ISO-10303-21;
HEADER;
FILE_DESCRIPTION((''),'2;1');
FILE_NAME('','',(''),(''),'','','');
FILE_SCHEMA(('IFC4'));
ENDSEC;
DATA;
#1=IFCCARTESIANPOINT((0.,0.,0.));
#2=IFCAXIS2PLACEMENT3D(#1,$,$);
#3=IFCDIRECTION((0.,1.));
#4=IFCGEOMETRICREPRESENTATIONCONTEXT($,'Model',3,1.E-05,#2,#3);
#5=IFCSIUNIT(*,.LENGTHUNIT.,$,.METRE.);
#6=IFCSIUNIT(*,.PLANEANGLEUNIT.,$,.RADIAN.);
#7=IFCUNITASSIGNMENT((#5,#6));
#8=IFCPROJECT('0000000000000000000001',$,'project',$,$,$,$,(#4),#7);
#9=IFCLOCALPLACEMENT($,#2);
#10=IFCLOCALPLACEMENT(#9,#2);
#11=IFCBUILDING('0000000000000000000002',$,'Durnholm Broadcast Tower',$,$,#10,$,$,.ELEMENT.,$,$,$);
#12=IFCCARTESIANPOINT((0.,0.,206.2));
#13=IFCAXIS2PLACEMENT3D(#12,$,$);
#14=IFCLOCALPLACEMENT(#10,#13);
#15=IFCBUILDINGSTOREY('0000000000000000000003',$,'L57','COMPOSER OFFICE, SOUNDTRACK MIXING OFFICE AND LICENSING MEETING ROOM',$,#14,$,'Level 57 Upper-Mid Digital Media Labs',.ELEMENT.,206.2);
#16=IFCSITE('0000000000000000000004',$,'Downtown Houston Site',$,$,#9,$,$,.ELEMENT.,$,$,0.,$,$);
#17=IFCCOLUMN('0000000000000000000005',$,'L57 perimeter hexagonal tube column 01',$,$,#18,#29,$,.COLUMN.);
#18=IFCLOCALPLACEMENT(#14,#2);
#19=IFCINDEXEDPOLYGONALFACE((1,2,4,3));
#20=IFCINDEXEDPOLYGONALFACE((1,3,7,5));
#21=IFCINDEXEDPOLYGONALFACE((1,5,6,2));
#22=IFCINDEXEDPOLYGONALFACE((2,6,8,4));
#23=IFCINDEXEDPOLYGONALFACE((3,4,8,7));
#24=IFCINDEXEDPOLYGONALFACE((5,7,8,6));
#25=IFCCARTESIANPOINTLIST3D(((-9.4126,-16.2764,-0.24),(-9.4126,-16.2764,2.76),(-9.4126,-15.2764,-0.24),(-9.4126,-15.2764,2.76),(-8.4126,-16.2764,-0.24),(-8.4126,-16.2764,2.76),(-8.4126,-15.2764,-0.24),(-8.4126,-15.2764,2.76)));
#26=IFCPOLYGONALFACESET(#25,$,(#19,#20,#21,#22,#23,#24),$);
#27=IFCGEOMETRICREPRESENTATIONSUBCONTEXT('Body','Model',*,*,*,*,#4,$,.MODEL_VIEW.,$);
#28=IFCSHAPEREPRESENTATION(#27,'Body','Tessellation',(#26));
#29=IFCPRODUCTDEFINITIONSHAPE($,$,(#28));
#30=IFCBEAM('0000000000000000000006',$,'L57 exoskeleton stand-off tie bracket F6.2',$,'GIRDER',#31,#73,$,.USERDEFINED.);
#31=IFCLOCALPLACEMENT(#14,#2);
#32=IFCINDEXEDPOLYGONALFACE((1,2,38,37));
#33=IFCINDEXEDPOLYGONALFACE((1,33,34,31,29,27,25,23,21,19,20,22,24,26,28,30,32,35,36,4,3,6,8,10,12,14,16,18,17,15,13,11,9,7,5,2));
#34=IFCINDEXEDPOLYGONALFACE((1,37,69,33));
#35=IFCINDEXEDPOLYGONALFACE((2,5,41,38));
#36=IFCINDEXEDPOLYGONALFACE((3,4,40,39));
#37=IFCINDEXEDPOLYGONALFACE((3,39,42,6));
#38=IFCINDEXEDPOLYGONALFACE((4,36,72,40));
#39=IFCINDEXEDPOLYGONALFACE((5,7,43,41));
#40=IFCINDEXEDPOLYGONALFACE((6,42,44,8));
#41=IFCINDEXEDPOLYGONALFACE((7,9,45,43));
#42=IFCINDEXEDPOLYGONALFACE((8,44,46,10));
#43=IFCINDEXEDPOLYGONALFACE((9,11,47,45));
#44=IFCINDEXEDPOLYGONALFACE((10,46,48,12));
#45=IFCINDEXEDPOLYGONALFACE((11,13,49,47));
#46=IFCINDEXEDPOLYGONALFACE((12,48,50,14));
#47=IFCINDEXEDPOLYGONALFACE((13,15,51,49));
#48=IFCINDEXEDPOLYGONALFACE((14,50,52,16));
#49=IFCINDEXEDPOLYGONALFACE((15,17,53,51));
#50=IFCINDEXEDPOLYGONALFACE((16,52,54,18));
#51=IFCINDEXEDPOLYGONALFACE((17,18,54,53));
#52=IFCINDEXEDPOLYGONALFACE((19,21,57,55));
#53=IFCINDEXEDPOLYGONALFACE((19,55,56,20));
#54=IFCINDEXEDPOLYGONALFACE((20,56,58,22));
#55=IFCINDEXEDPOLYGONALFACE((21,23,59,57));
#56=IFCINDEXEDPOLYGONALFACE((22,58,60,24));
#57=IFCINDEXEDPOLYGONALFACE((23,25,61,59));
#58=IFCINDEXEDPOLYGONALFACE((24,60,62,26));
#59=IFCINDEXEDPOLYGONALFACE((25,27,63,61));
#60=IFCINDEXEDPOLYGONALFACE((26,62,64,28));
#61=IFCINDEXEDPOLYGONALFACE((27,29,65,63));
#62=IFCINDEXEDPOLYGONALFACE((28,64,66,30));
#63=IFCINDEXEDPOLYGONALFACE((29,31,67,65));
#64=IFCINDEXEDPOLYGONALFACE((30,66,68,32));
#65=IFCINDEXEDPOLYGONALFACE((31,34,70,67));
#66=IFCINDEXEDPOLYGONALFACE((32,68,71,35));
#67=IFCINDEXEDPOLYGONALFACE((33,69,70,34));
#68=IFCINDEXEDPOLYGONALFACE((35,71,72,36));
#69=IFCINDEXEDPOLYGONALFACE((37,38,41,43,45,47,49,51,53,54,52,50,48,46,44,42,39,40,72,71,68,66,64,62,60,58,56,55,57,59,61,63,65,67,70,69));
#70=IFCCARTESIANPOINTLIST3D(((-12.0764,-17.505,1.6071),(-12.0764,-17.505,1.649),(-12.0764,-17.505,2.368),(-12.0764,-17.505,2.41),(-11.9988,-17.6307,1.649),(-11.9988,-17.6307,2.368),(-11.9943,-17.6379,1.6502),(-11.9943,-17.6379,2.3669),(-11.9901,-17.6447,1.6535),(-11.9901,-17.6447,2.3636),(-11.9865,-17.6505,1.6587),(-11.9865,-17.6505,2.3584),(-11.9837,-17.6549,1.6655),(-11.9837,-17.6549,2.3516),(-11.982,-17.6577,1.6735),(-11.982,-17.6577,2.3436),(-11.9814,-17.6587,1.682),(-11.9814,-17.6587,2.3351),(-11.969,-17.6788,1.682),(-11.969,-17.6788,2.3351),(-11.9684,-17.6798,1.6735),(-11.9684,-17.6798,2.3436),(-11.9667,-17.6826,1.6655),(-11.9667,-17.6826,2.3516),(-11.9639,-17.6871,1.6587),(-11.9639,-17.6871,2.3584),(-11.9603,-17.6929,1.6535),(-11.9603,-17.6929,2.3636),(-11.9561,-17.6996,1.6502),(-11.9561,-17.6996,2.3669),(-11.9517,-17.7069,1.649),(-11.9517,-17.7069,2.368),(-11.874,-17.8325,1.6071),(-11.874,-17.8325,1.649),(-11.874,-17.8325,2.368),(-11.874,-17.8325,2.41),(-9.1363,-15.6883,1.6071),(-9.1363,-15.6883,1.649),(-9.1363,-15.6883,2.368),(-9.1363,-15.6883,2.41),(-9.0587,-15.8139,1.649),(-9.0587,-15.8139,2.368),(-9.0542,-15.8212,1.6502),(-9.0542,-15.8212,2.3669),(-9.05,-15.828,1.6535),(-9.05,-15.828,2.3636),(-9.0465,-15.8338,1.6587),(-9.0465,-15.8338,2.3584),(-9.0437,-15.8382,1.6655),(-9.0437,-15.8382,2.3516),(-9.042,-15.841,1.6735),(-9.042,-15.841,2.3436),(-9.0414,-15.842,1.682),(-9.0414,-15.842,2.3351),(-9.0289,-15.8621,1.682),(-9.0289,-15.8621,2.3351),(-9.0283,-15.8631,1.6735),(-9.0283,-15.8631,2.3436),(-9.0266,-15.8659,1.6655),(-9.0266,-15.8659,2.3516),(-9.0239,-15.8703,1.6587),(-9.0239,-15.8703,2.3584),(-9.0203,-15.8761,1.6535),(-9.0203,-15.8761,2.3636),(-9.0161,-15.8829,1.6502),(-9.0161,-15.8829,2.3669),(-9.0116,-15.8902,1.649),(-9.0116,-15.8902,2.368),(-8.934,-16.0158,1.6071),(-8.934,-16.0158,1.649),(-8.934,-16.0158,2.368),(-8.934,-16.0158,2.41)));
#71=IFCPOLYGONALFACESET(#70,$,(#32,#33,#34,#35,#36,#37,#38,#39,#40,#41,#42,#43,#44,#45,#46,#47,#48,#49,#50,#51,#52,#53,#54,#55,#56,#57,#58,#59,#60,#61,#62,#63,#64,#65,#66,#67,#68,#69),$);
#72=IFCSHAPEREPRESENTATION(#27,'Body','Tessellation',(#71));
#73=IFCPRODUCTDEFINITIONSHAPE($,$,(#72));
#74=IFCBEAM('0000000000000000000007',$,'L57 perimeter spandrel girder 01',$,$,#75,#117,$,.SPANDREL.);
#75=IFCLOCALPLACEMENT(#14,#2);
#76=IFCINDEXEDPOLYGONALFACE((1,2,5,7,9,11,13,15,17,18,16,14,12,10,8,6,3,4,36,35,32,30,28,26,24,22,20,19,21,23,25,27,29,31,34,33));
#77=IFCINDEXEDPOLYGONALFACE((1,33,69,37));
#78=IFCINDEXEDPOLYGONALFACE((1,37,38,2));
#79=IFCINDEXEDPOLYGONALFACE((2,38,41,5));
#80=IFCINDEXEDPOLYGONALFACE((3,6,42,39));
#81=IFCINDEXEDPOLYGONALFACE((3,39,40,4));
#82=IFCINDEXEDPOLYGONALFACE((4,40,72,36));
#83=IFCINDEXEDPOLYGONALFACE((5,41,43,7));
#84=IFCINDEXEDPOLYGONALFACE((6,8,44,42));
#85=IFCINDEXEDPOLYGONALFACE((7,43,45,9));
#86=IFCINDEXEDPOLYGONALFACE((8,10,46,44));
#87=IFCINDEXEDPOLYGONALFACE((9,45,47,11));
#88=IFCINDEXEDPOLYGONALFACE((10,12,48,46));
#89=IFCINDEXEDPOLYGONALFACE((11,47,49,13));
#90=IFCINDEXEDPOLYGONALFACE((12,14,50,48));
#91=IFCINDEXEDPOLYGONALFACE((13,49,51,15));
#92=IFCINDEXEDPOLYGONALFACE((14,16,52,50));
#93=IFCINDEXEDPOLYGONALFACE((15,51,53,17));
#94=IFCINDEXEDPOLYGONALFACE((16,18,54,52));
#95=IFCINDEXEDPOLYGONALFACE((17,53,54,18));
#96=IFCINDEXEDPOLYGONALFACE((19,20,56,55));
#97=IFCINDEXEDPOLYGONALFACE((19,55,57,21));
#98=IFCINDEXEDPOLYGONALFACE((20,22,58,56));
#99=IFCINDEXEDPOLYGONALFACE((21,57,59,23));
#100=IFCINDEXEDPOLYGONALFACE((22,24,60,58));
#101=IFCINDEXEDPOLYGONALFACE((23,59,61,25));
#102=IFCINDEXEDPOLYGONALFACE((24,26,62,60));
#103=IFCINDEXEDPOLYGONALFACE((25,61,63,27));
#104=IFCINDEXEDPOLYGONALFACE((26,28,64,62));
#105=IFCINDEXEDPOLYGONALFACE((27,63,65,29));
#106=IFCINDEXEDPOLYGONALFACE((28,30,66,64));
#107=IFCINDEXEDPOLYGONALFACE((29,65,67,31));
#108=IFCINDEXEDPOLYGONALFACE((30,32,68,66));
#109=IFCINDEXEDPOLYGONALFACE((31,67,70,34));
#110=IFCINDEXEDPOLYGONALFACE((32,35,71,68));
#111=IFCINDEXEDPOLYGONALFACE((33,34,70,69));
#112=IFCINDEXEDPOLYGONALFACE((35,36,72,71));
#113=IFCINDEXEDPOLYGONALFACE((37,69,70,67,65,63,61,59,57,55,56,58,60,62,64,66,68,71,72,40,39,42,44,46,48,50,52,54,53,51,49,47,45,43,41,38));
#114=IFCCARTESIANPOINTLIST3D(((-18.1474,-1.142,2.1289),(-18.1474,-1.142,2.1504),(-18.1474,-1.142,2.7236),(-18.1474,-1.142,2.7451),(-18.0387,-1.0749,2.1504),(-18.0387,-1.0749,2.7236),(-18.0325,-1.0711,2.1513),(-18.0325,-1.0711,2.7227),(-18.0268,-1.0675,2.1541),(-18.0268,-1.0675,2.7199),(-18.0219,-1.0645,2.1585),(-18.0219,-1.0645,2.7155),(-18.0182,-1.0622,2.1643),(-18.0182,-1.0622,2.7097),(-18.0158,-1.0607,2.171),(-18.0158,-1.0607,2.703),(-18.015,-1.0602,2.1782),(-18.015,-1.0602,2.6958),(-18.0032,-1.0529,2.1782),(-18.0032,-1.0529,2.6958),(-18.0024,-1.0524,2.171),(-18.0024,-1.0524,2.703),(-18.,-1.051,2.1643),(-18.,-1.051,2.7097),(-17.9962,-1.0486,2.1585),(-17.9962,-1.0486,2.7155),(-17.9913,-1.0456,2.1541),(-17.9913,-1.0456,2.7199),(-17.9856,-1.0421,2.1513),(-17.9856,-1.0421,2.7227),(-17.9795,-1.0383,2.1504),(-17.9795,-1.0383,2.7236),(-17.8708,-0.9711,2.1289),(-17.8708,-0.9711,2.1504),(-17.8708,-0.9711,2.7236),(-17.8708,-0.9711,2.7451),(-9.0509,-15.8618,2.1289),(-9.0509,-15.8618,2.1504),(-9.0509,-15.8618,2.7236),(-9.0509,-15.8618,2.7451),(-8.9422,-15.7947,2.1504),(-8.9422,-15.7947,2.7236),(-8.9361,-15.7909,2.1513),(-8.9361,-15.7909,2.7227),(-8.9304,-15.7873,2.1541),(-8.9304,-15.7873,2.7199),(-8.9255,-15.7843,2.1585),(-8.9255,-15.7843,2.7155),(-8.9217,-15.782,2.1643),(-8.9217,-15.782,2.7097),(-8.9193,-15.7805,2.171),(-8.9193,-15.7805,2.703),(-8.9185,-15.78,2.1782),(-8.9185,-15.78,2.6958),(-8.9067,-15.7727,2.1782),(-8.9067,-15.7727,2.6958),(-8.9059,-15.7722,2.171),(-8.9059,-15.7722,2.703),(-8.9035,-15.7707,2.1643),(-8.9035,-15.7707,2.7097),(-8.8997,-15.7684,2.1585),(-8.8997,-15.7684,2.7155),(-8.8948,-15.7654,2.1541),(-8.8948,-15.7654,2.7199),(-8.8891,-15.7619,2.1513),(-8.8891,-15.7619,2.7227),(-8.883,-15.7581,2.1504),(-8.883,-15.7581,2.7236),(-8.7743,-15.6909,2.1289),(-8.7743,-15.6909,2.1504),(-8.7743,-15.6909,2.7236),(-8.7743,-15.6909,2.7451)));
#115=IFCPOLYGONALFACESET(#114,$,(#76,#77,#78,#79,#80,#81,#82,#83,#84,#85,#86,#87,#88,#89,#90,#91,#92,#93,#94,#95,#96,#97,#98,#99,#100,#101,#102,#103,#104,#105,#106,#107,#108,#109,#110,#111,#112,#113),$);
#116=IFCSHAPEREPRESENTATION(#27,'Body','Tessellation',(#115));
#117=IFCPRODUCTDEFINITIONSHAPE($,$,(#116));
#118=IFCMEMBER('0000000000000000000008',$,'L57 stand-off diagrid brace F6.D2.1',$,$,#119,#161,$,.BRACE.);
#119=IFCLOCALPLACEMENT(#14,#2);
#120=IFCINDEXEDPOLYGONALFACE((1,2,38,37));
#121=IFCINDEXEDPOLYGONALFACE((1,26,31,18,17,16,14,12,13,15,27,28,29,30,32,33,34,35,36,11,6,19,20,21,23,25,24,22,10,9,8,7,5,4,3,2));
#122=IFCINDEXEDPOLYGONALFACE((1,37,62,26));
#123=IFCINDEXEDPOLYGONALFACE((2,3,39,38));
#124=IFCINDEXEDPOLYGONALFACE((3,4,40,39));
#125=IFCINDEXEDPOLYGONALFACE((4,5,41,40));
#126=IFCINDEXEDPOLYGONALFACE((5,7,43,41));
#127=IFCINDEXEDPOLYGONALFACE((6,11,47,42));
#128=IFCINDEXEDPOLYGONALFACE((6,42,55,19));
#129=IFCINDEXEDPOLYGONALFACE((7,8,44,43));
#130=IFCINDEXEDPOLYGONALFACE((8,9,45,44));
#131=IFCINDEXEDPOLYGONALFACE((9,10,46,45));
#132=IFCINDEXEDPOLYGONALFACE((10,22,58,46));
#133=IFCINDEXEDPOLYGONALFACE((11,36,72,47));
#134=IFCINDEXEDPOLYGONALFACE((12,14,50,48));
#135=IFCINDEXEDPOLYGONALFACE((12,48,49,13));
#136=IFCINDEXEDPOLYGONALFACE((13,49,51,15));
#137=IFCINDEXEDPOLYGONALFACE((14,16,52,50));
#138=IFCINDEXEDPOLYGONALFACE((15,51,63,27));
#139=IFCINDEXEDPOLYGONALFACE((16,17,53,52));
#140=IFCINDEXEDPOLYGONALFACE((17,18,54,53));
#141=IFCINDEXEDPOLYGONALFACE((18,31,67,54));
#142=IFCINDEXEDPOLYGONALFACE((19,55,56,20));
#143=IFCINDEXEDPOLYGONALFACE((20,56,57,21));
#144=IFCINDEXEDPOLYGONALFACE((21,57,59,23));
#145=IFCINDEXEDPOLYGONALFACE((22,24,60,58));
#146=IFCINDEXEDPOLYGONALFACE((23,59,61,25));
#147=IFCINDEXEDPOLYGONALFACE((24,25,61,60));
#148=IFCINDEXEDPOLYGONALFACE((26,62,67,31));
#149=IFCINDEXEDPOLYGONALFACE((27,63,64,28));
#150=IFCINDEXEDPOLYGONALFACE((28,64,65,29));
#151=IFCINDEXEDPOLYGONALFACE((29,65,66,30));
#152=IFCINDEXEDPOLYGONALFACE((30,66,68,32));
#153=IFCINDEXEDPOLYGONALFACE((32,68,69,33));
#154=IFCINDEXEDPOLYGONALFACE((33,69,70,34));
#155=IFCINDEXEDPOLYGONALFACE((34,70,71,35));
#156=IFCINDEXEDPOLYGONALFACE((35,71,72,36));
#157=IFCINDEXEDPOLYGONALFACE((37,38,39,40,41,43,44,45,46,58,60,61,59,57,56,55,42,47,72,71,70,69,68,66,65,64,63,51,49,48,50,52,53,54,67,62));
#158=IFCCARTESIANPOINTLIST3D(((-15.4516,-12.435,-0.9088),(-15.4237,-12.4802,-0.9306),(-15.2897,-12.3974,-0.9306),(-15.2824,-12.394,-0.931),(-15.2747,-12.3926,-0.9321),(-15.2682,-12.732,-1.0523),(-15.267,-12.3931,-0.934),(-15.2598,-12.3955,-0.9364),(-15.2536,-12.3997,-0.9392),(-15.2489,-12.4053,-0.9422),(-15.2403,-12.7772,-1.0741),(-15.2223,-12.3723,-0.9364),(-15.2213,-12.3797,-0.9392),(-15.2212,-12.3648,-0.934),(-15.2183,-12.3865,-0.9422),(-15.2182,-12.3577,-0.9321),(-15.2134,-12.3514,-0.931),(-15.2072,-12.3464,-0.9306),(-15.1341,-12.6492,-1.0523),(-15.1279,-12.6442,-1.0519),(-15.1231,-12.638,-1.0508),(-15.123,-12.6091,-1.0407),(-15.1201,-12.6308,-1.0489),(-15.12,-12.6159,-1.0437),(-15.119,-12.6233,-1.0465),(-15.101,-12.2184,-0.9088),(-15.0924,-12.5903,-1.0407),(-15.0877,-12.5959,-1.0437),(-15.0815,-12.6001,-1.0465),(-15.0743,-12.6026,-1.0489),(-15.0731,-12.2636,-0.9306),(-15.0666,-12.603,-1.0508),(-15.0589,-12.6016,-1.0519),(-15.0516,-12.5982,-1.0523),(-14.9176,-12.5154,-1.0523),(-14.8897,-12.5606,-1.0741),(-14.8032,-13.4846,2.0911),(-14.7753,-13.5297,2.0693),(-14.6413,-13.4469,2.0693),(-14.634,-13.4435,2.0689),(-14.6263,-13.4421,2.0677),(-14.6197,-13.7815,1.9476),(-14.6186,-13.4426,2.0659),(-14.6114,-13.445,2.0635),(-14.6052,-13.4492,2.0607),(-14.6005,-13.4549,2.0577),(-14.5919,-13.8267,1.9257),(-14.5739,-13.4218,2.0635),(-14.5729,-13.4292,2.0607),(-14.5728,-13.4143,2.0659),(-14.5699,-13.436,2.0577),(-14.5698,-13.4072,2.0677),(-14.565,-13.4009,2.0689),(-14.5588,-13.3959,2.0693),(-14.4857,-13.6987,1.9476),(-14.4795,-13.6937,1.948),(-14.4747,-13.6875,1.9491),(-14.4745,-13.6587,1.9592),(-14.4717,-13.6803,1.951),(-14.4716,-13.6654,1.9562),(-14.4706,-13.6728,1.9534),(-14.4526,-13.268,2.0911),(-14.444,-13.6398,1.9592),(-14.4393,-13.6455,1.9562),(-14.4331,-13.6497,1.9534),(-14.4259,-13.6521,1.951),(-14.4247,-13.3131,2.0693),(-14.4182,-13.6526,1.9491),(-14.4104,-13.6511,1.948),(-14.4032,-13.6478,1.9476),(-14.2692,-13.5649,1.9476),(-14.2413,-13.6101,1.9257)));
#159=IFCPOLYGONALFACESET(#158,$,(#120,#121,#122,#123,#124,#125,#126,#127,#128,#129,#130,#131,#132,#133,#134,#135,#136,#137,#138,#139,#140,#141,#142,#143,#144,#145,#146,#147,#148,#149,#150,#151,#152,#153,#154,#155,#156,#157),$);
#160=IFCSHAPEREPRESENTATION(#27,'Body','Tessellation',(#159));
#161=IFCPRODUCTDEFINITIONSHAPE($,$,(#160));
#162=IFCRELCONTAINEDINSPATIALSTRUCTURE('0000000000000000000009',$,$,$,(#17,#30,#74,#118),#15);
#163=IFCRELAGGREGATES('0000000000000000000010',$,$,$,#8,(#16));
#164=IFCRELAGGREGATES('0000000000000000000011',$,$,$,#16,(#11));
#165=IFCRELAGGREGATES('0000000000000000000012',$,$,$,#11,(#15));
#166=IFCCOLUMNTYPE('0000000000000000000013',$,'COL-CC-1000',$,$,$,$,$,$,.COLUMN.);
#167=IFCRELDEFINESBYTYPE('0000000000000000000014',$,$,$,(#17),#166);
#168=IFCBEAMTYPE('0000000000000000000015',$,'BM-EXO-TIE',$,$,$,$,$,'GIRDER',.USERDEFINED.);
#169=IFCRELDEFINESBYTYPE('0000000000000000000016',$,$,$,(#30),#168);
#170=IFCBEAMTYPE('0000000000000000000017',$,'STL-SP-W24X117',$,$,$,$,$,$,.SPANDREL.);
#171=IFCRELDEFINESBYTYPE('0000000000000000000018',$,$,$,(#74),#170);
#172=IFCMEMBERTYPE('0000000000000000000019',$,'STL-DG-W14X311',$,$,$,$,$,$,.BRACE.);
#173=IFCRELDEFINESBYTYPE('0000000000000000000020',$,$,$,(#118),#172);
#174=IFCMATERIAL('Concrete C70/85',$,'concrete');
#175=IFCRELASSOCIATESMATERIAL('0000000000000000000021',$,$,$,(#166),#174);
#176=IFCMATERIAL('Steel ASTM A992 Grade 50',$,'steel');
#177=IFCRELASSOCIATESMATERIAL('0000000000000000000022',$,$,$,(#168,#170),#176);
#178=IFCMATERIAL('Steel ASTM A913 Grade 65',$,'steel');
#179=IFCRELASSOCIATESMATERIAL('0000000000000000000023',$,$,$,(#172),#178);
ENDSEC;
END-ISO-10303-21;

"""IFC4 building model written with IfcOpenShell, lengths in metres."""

from ifc_helpers import new_model, si_unit, direction, frame, origin, origin_2d, place, context, subcontext, project, spatial, rectangle, i_section, extrude, source, transform, mapped, material, material_profile, profile_set, type_object, type_shapes, element, save


model = new_model("IFC4")

# Units and contexts
model_context = context("Model", 3, precision=1e-05, world=origin(), true_north=direction((0.0, 1.0)))
body_context = subcontext(model_context, "Body", "Model", "MODEL_VIEW")
ifc_project = project(units=[si_unit("LENGTHUNIT", "METRE"), si_unit("PLANEANGLEUNIT", "RADIAN")], contexts=[model_context])

# Site, building, storey
site_placement = place(None, origin())
site = spatial("IfcSite", under=ifc_project, at=site_placement, Name="Downtown Houston Site", CompositionType="ELEMENT", RefElevation=0.0)
building_placement = place(site_placement, origin())
building = spatial("IfcBuilding", under=site, at=building_placement, Name="Durnholm Broadcast Tower", CompositionType="ELEMENT")
storey_placement = place(building_placement, frame((0.0, 0.0, 206.2)))
storey = spatial("IfcBuildingStorey", under=building, at=storey_placement, Name="L57", Description="COMPOSER OFFICE, SOUNDTRACK MIXING OFFICE AND LICENSING MEETING ROOM", LongName="Level 57 Upper-Mid Digital Media Labs", CompositionType="ELEMENT", Elevation=206.2)

# Column
ifc_material_1 = material(Name="Concrete C70/85", Category="concrete")
ifc_material_profile_1 = material_profile(ifc_material_1, rectangle(XDim=1.0, YDim=1.0, at=origin_2d()), Name="RC1000X1000")
ifc_profile_set_1 = profile_set([ifc_material_profile_1], Name="Concrete C70/85")
column_type = type_object("IfcColumnType", Name="COL-CC-1000", PredefinedType="COLUMN", material=ifc_profile_set_1)
shared_shape_1 = source(origin(), body_context, "Body", "SweptSolid", [
    extrude(rectangle(XDim=1.0, YDim=1.0, at=origin_2d()), origin(), (0.0, 0.0, 1.0), 3.0),
])
type_shapes(column_type, [shared_shape_1])
column_placement = place(storey_placement, frame((-8.9126, -15.7764, -0.24), z_axis=(0.0, 0.0, 1.0), x_axis=(1.0, 0.0, 0.0)))
element("IfcColumn", 1, at=column_placement, inside=storey, type_object=column_type, Name="L57 perimeter hexagonal tube column 01", PredefinedType="COLUMN", context=body_context, shape_type="MappedRepresentation", body=[
    mapped(shared_shape_1, transform((0.0, 0.0, 0.0), x_axis=(1.0, 0.0, 0.0), y_axis=(0.0, 1.0, 0.0), z_axis=(0.0, 0.0, 1.0), scale=1.0)),
])

# Beams
ifc_material_2 = material(Name="Steel ASTM A992 Grade 50", Category="steel")
ifc_material_profile_2 = material_profile(ifc_material_2, i_section(OverallWidth=0.385, OverallDepth=0.803, WebThickness=0.0237, FlangeThickness=0.042, FilletRadius=0.033, at=origin_2d()), Name="W30X261")
ifc_profile_set_2 = profile_set([ifc_material_profile_2], Name="Steel ASTM A992 Grade 50")
beam_type_1 = type_object("IfcBeamType", Name="BM-EXO-TIE", ElementType="GIRDER", PredefinedType="USERDEFINED", material=ifc_profile_set_2)
shared_shape_2 = source(origin(), body_context, "Body", "SweptSolid", [
    extrude(i_section(OverallWidth=0.385, OverallDepth=0.803, WebThickness=0.0237, FlangeThickness=0.042, FilletRadius=0.033, at=origin_2d()), origin(), (0.0, 0.0, 1.0), 3.4561),
])
type_shapes(beam_type_1, [shared_shape_2])
beam_1_placement = place(storey_placement, frame((-9.0352, -15.8521, 2.0085), z_axis=(-0.850694, -0.525661, 0.0), x_axis=(0.525661, -0.850694, 0.0)))
element("IfcBeam", 2, at=beam_1_placement, inside=storey, type_object=beam_type_1, Name="L57 exoskeleton stand-off tie bracket F6.2", ObjectType="GIRDER", PredefinedType="USERDEFINED", context=body_context, shape_type="MappedRepresentation", body=[
    mapped(shared_shape_2, transform((0.0, 0.0, 0.0), x_axis=(1.0, 0.0, 0.0), y_axis=(0.0, 1.0, 0.0), z_axis=(0.0, 0.0, 1.0), scale=1.0)),
])
ifc_material_profile_3 = material_profile(ifc_material_2, i_section(OverallWidth=0.3252, OverallDepth=0.6162, WebThickness=0.0139, FlangeThickness=0.0215, FilletRadius=0.0278, at=origin_2d()), Name="W24X117")
ifc_profile_set_3 = profile_set([ifc_material_profile_3], Name="Steel ASTM A992 Grade 50")
beam_type_2 = type_object("IfcBeamType", Name="STL-SP-W24X117", PredefinedType="SPANDREL", material=ifc_profile_set_3)
shared_shape_3 = source(origin(), body_context, "Body", "SweptSolid", [
    extrude(i_section(OverallWidth=0.3252, OverallDepth=0.6162, WebThickness=0.0139, FlangeThickness=0.0215, FilletRadius=0.0278, at=origin_2d()), origin(), (0.0, 0.0, 1.0), 17.3037),
])
type_shapes(beam_type_2, [shared_shape_3])
beam_2_placement = place(storey_placement, frame((-8.9126, -15.7764, 2.437), z_axis=(-0.525695, 0.850673, 0.0), x_axis=(-0.850673, -0.525695, 0.0)))
element("IfcBeam", 3, at=beam_2_placement, inside=storey, type_object=beam_type_2, Name="L57 perimeter spandrel girder 01", PredefinedType="SPANDREL", context=body_context, shape_type="MappedRepresentation", body=[
    mapped(shared_shape_3, transform((0.0, 0.0, 0.0), x_axis=(1.0, 0.0, 0.0), y_axis=(0.0, 1.0, 0.0), z_axis=(0.0, 0.0, 1.0), scale=1.0)),
])

# Member
ifc_material_3 = material(Name="Steel ASTM A913 Grade 65", Category="steel")
ifc_material_profile_4 = material_profile(ifc_material_3, i_section(OverallWidth=0.4121, OverallDepth=0.4348, WebThickness=0.0359, FlangeThickness=0.0574, FilletRadius=0.0305, at=origin_2d()), Name="W14X311")
ifc_profile_set_4 = profile_set([ifc_material_profile_4], Name="Steel ASTM A913 Grade 65")
member_type_1 = type_object("IfcMemberType", Name="STL-DG-W14X311", PredefinedType="BRACE", material=ifc_profile_set_4)
shared_shape_4 = source(origin(), body_context, "Body", "SweptSolid", [
    extrude(i_section(OverallWidth=0.4121, OverallDepth=0.4348, WebThickness=0.0359, FlangeThickness=0.0574, FilletRadius=0.0305, at=origin_2d()), origin(), (0.0, 0.0, 1.0), 3.2437),
])
member_1_placement = place(storey_placement, frame((-15.1707, -12.4978, -0.9915), z_axis=(0.199902, -0.323562, 0.92485), x_axis=(0.850733, 0.525598, 0.0)))
element("IfcMember", 4, at=member_1_placement, inside=storey, type_object=member_type_1, Name="L57 stand-off diagrid brace F6.D2.1", PredefinedType="BRACE", context=body_context, shape_type="MappedRepresentation", body=[
    mapped(shared_shape_4, transform((0.0, 0.0, 0.0), x_axis=(1.0, 0.0, 0.0), y_axis=(0.0, 1.0, 0.0), z_axis=(0.0, 0.0, 1.0), scale=1.0)),
])

save(model, "model.ifc")
